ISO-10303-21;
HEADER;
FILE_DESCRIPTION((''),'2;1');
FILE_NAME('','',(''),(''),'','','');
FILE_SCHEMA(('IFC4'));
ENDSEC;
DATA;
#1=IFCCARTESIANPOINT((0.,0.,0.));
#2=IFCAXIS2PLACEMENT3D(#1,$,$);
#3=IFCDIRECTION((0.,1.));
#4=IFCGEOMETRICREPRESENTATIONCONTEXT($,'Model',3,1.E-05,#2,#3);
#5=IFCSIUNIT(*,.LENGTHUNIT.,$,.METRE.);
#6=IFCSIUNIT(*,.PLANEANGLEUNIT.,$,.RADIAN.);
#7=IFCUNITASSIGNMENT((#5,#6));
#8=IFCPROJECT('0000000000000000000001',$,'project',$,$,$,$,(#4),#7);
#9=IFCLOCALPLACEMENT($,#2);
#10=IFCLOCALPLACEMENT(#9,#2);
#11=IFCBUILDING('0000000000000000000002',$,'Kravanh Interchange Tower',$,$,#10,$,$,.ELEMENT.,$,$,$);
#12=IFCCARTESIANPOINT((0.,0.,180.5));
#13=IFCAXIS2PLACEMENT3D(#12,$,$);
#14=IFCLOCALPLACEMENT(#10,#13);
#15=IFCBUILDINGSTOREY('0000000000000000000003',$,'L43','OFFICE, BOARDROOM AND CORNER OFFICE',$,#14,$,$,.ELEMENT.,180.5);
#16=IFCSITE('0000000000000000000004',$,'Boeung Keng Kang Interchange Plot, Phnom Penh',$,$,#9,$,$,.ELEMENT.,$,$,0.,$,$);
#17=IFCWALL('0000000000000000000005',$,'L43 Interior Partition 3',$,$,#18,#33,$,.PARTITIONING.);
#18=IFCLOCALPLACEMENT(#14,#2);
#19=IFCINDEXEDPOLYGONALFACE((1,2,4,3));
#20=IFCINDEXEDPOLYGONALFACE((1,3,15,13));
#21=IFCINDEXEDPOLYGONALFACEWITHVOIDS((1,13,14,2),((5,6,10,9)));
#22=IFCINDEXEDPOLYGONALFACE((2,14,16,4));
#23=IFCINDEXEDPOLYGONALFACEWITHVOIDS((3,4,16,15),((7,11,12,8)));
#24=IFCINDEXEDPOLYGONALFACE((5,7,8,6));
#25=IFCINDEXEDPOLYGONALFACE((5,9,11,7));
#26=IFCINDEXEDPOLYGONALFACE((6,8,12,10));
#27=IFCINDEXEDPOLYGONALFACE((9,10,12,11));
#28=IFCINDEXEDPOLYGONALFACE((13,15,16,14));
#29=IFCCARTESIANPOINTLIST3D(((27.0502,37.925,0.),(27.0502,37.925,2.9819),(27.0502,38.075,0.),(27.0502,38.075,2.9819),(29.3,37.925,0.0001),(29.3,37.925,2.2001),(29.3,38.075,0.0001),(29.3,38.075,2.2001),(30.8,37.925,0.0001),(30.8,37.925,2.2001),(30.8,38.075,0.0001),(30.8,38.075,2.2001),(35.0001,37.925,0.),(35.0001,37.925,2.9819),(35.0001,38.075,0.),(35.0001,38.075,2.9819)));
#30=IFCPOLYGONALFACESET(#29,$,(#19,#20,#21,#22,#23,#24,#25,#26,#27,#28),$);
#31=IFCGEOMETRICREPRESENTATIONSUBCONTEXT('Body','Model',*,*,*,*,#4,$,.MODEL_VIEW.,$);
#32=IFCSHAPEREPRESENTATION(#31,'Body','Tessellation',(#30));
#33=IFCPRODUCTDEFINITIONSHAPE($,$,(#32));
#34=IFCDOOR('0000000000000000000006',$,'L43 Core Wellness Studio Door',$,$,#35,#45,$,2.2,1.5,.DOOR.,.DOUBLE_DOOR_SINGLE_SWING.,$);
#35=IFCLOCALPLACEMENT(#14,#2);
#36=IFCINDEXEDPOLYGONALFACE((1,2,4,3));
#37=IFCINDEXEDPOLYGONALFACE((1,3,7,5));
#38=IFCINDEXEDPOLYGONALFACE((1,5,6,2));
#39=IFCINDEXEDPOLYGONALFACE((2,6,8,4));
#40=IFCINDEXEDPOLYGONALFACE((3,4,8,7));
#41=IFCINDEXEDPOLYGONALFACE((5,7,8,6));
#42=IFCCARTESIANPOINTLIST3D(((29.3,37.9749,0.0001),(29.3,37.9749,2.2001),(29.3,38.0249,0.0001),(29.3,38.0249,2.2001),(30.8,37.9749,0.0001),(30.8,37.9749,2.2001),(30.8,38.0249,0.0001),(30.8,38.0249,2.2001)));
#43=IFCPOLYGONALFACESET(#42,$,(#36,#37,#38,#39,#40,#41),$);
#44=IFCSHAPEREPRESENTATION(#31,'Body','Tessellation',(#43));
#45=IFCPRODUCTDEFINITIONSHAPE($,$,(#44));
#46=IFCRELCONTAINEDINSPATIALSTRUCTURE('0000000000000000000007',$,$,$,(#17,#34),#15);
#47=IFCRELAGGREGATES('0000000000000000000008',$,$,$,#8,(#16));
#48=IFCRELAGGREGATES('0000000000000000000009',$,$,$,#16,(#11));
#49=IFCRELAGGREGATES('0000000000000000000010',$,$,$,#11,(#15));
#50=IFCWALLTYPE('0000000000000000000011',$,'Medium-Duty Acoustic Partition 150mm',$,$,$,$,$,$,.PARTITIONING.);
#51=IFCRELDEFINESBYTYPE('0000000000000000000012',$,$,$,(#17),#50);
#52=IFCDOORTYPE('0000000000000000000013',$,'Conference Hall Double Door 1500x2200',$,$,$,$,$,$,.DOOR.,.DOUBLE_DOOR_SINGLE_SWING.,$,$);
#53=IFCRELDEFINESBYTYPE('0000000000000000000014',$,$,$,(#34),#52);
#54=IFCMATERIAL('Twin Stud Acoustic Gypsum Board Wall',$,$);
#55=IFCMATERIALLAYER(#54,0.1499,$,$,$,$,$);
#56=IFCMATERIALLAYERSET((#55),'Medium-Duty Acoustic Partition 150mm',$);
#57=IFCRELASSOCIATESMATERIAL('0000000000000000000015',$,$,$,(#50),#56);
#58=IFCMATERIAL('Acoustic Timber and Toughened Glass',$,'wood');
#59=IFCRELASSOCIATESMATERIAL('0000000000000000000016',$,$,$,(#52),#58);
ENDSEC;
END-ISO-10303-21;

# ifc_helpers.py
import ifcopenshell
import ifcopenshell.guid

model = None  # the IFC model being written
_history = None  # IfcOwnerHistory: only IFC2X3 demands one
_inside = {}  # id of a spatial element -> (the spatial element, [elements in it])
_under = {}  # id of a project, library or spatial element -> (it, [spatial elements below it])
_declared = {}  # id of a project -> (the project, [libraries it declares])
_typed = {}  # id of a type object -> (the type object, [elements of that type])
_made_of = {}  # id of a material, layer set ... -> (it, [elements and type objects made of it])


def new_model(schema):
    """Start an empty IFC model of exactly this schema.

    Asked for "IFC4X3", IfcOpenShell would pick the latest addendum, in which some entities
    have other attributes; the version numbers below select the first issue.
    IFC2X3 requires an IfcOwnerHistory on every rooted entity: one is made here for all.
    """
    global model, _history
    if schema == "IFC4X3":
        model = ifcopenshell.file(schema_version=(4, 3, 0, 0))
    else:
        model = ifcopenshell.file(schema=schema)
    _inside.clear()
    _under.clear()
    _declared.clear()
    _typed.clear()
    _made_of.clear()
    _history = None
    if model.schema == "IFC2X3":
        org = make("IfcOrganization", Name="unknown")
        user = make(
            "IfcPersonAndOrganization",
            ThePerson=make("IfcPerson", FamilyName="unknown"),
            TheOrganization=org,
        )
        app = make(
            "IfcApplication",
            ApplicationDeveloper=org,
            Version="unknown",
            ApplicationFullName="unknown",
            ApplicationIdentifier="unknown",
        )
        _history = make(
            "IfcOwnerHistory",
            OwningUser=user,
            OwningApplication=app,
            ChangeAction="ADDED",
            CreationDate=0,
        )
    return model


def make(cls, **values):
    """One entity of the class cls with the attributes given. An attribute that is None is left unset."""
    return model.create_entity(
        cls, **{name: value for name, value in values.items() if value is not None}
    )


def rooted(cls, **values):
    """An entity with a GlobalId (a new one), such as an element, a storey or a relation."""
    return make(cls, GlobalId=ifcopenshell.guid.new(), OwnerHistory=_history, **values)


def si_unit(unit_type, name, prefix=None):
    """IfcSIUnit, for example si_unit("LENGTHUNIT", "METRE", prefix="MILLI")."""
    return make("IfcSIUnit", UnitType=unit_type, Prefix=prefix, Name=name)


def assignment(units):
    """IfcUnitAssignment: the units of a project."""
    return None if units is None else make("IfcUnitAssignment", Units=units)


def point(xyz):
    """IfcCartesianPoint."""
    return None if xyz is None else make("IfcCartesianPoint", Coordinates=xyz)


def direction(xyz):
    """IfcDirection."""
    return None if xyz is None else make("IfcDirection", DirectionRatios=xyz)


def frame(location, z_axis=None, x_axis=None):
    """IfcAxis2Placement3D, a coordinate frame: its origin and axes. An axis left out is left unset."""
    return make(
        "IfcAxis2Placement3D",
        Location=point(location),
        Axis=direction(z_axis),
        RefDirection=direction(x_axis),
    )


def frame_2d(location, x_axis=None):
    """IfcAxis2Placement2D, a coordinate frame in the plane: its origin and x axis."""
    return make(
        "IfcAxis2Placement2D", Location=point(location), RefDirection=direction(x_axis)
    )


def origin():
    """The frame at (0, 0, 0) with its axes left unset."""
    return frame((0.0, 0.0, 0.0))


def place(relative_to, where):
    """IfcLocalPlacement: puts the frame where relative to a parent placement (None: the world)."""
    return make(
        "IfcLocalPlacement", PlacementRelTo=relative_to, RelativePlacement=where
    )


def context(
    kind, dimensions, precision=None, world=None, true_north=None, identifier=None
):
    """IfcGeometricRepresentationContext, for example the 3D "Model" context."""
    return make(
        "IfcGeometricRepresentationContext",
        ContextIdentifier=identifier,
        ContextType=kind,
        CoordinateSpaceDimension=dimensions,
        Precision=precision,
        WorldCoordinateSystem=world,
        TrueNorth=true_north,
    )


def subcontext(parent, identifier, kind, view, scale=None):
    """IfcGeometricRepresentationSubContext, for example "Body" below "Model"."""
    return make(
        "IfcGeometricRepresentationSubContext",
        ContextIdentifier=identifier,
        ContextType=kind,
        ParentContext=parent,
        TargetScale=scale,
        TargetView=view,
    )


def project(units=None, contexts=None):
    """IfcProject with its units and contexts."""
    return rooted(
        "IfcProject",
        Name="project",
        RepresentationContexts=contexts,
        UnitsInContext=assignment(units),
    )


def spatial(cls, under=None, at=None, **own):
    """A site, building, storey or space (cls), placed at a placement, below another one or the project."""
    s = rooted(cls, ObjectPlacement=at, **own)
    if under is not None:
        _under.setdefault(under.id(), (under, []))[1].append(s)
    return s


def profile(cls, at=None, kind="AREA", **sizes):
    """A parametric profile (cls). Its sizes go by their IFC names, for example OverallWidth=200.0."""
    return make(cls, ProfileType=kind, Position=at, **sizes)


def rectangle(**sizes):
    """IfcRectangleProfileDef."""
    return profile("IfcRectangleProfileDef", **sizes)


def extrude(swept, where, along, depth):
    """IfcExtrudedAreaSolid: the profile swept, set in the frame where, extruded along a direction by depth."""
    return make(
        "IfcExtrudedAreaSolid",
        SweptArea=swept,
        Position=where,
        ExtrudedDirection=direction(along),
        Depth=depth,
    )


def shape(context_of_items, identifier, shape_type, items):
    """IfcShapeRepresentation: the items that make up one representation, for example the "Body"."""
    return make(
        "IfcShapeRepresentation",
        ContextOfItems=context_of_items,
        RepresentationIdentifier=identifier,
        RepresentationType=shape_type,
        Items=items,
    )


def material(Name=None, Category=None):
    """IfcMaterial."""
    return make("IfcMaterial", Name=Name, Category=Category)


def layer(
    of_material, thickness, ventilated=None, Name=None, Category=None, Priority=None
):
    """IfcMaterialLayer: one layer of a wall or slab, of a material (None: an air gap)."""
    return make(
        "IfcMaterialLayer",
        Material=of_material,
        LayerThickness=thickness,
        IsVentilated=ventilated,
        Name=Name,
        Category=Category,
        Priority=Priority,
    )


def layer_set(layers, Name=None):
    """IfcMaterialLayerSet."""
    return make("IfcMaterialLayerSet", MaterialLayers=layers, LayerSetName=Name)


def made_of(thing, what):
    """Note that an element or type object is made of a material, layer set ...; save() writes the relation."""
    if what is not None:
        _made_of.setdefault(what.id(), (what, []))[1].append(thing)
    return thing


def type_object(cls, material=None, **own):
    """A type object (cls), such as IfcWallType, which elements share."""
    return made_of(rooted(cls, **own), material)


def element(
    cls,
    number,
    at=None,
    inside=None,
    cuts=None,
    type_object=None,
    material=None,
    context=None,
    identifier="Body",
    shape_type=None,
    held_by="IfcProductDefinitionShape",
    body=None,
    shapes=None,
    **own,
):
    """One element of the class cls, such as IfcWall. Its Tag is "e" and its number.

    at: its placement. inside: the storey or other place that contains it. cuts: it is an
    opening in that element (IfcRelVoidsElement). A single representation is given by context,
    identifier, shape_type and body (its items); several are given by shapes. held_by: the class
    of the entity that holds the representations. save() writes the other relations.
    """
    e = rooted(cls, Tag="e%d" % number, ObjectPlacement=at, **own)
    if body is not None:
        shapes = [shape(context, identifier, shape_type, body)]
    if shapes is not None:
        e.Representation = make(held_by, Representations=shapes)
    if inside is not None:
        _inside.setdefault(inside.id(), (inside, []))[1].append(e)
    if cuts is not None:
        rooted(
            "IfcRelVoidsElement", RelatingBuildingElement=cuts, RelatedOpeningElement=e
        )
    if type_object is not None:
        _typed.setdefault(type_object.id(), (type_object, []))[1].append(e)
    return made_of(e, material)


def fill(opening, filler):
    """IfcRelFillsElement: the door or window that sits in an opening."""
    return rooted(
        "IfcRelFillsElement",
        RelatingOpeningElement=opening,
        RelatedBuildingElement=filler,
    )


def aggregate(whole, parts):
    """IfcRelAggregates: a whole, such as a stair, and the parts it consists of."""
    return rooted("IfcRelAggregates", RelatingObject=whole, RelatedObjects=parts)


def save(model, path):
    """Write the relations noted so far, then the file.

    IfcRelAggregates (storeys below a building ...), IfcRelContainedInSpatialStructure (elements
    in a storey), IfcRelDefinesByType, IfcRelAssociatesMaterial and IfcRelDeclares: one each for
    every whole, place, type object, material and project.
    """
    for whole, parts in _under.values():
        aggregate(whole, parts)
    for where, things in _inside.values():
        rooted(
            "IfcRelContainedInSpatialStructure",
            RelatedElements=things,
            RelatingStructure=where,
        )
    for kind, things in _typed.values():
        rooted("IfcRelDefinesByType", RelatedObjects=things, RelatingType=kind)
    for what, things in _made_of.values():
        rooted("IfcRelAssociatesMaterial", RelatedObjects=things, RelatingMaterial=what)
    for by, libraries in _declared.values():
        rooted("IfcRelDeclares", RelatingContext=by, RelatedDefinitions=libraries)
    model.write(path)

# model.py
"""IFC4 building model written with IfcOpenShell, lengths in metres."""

from ifc_helpers import new_model, si_unit, direction, frame, frame_2d, origin, place, context, subcontext, project, spatial, rectangle, extrude, material, layer, layer_set, type_object, element, fill, save


model = new_model("IFC4")

# Units and contexts
model_context = context("Model", 3, precision=1e-05, world=origin(), true_north=direction((0.0, 1.0)))
body_context = subcontext(model_context, "Body", "Model", "MODEL_VIEW")
ifc_project = project(units=[si_unit("LENGTHUNIT", "METRE"), si_unit("PLANEANGLEUNIT", "RADIAN")], contexts=[model_context])

# Site, building, storey
site_placement = place(None, origin())
site = spatial("IfcSite", under=ifc_project, at=site_placement, Name="Boeung Keng Kang Interchange Plot, Phnom Penh", CompositionType="ELEMENT", RefElevation=0.0)
building_placement = place(site_placement, origin())
building = spatial("IfcBuilding", under=site, at=building_placement, Name="Kravanh Interchange Tower", CompositionType="ELEMENT")
storey_placement = place(building_placement, frame((0.0, 0.0, 180.5)))
storey = spatial("IfcBuildingStorey", under=building, at=storey_placement, Name="L43", Description="OFFICE, BOARDROOM AND CORNER OFFICE", CompositionType="ELEMENT", Elevation=180.5)

# Wall, opening, door
ifc_material_1 = material(Name="Twin Stud Acoustic Gypsum Board Wall")
ifc_layer_1 = layer(ifc_material_1, 0.1499)
ifc_layer_set_1 = layer_set([ifc_layer_1], Name="Medium-Duty Acoustic Partition 150mm")
wall_type_1 = type_object("IfcWallType", Name="Medium-Duty Acoustic Partition 150mm", PredefinedType="PARTITIONING", material=ifc_layer_set_1)
wall_1_placement = place(storey_placement, frame((27.05, 38.0, 0.0), z_axis=(0.0, 0.0, 1.0), x_axis=(1.0, 0.0, 0.0)))
wall_1 = element("IfcWall", 1, at=wall_1_placement, inside=storey, type_object=wall_type_1, Name="L43 Interior Partition 3", PredefinedType="PARTITIONING", context=body_context, shape_type="SweptSolid", body=[
    extrude(rectangle(XDim=7.95, YDim=0.1499, at=frame_2d((3.9751, 0.0))), origin(), (0.0, 0.0, 1.0), 2.9819),
])
opening_1_placement = place(wall_1_placement, frame((2.25, 0.0, 0.0)))
opening_1 = element("IfcOpeningElement", 2, at=opening_1_placement, cuts=wall_1, PredefinedType="OPENING", context=body_context, shape_type="SweptSolid", body=[
    extrude(rectangle(XDim=1.5, YDim=2.2, at=frame_2d((0.75, 1.1001))), frame((0.0, 0.085, 0.0), z_axis=(0.0, -1.0, 0.0), x_axis=(1.0, 0.0, 0.0)), (0.0, 0.0, 1.0), 0.1699),
])
ifc_material_2 = material(Name="Acoustic Timber and Toughened Glass", Category="wood")
door_type_1 = type_object("IfcDoorType", Name="Conference Hall Double Door 1500x2200", OperationType="DOUBLE_DOOR_SINGLE_SWING", PredefinedType="DOOR", material=ifc_material_2)
door_1_placement = place(opening_1_placement, origin())
door_1 = element("IfcDoor", 3, at=door_1_placement, inside=storey, type_object=door_type_1, Name="L43 Core Wellness Studio Door", OperationType="DOUBLE_DOOR_SINGLE_SWING", OverallHeight=2.2, OverallWidth=1.5, PredefinedType="DOOR", context=body_context, shape_type="SweptSolid", body=[
    extrude(rectangle(XDim=1.5, YDim=2.2, at=frame_2d((0.75, 1.1001))), frame((0.0, 0.0249, 0.0), z_axis=(0.0, -1.0, 0.0), x_axis=(1.0, 0.0, 0.0)), (0.0, 0.0, 1.0), 0.05),
])
fill(opening_1, door_1)

save(model, "model.ifc")
